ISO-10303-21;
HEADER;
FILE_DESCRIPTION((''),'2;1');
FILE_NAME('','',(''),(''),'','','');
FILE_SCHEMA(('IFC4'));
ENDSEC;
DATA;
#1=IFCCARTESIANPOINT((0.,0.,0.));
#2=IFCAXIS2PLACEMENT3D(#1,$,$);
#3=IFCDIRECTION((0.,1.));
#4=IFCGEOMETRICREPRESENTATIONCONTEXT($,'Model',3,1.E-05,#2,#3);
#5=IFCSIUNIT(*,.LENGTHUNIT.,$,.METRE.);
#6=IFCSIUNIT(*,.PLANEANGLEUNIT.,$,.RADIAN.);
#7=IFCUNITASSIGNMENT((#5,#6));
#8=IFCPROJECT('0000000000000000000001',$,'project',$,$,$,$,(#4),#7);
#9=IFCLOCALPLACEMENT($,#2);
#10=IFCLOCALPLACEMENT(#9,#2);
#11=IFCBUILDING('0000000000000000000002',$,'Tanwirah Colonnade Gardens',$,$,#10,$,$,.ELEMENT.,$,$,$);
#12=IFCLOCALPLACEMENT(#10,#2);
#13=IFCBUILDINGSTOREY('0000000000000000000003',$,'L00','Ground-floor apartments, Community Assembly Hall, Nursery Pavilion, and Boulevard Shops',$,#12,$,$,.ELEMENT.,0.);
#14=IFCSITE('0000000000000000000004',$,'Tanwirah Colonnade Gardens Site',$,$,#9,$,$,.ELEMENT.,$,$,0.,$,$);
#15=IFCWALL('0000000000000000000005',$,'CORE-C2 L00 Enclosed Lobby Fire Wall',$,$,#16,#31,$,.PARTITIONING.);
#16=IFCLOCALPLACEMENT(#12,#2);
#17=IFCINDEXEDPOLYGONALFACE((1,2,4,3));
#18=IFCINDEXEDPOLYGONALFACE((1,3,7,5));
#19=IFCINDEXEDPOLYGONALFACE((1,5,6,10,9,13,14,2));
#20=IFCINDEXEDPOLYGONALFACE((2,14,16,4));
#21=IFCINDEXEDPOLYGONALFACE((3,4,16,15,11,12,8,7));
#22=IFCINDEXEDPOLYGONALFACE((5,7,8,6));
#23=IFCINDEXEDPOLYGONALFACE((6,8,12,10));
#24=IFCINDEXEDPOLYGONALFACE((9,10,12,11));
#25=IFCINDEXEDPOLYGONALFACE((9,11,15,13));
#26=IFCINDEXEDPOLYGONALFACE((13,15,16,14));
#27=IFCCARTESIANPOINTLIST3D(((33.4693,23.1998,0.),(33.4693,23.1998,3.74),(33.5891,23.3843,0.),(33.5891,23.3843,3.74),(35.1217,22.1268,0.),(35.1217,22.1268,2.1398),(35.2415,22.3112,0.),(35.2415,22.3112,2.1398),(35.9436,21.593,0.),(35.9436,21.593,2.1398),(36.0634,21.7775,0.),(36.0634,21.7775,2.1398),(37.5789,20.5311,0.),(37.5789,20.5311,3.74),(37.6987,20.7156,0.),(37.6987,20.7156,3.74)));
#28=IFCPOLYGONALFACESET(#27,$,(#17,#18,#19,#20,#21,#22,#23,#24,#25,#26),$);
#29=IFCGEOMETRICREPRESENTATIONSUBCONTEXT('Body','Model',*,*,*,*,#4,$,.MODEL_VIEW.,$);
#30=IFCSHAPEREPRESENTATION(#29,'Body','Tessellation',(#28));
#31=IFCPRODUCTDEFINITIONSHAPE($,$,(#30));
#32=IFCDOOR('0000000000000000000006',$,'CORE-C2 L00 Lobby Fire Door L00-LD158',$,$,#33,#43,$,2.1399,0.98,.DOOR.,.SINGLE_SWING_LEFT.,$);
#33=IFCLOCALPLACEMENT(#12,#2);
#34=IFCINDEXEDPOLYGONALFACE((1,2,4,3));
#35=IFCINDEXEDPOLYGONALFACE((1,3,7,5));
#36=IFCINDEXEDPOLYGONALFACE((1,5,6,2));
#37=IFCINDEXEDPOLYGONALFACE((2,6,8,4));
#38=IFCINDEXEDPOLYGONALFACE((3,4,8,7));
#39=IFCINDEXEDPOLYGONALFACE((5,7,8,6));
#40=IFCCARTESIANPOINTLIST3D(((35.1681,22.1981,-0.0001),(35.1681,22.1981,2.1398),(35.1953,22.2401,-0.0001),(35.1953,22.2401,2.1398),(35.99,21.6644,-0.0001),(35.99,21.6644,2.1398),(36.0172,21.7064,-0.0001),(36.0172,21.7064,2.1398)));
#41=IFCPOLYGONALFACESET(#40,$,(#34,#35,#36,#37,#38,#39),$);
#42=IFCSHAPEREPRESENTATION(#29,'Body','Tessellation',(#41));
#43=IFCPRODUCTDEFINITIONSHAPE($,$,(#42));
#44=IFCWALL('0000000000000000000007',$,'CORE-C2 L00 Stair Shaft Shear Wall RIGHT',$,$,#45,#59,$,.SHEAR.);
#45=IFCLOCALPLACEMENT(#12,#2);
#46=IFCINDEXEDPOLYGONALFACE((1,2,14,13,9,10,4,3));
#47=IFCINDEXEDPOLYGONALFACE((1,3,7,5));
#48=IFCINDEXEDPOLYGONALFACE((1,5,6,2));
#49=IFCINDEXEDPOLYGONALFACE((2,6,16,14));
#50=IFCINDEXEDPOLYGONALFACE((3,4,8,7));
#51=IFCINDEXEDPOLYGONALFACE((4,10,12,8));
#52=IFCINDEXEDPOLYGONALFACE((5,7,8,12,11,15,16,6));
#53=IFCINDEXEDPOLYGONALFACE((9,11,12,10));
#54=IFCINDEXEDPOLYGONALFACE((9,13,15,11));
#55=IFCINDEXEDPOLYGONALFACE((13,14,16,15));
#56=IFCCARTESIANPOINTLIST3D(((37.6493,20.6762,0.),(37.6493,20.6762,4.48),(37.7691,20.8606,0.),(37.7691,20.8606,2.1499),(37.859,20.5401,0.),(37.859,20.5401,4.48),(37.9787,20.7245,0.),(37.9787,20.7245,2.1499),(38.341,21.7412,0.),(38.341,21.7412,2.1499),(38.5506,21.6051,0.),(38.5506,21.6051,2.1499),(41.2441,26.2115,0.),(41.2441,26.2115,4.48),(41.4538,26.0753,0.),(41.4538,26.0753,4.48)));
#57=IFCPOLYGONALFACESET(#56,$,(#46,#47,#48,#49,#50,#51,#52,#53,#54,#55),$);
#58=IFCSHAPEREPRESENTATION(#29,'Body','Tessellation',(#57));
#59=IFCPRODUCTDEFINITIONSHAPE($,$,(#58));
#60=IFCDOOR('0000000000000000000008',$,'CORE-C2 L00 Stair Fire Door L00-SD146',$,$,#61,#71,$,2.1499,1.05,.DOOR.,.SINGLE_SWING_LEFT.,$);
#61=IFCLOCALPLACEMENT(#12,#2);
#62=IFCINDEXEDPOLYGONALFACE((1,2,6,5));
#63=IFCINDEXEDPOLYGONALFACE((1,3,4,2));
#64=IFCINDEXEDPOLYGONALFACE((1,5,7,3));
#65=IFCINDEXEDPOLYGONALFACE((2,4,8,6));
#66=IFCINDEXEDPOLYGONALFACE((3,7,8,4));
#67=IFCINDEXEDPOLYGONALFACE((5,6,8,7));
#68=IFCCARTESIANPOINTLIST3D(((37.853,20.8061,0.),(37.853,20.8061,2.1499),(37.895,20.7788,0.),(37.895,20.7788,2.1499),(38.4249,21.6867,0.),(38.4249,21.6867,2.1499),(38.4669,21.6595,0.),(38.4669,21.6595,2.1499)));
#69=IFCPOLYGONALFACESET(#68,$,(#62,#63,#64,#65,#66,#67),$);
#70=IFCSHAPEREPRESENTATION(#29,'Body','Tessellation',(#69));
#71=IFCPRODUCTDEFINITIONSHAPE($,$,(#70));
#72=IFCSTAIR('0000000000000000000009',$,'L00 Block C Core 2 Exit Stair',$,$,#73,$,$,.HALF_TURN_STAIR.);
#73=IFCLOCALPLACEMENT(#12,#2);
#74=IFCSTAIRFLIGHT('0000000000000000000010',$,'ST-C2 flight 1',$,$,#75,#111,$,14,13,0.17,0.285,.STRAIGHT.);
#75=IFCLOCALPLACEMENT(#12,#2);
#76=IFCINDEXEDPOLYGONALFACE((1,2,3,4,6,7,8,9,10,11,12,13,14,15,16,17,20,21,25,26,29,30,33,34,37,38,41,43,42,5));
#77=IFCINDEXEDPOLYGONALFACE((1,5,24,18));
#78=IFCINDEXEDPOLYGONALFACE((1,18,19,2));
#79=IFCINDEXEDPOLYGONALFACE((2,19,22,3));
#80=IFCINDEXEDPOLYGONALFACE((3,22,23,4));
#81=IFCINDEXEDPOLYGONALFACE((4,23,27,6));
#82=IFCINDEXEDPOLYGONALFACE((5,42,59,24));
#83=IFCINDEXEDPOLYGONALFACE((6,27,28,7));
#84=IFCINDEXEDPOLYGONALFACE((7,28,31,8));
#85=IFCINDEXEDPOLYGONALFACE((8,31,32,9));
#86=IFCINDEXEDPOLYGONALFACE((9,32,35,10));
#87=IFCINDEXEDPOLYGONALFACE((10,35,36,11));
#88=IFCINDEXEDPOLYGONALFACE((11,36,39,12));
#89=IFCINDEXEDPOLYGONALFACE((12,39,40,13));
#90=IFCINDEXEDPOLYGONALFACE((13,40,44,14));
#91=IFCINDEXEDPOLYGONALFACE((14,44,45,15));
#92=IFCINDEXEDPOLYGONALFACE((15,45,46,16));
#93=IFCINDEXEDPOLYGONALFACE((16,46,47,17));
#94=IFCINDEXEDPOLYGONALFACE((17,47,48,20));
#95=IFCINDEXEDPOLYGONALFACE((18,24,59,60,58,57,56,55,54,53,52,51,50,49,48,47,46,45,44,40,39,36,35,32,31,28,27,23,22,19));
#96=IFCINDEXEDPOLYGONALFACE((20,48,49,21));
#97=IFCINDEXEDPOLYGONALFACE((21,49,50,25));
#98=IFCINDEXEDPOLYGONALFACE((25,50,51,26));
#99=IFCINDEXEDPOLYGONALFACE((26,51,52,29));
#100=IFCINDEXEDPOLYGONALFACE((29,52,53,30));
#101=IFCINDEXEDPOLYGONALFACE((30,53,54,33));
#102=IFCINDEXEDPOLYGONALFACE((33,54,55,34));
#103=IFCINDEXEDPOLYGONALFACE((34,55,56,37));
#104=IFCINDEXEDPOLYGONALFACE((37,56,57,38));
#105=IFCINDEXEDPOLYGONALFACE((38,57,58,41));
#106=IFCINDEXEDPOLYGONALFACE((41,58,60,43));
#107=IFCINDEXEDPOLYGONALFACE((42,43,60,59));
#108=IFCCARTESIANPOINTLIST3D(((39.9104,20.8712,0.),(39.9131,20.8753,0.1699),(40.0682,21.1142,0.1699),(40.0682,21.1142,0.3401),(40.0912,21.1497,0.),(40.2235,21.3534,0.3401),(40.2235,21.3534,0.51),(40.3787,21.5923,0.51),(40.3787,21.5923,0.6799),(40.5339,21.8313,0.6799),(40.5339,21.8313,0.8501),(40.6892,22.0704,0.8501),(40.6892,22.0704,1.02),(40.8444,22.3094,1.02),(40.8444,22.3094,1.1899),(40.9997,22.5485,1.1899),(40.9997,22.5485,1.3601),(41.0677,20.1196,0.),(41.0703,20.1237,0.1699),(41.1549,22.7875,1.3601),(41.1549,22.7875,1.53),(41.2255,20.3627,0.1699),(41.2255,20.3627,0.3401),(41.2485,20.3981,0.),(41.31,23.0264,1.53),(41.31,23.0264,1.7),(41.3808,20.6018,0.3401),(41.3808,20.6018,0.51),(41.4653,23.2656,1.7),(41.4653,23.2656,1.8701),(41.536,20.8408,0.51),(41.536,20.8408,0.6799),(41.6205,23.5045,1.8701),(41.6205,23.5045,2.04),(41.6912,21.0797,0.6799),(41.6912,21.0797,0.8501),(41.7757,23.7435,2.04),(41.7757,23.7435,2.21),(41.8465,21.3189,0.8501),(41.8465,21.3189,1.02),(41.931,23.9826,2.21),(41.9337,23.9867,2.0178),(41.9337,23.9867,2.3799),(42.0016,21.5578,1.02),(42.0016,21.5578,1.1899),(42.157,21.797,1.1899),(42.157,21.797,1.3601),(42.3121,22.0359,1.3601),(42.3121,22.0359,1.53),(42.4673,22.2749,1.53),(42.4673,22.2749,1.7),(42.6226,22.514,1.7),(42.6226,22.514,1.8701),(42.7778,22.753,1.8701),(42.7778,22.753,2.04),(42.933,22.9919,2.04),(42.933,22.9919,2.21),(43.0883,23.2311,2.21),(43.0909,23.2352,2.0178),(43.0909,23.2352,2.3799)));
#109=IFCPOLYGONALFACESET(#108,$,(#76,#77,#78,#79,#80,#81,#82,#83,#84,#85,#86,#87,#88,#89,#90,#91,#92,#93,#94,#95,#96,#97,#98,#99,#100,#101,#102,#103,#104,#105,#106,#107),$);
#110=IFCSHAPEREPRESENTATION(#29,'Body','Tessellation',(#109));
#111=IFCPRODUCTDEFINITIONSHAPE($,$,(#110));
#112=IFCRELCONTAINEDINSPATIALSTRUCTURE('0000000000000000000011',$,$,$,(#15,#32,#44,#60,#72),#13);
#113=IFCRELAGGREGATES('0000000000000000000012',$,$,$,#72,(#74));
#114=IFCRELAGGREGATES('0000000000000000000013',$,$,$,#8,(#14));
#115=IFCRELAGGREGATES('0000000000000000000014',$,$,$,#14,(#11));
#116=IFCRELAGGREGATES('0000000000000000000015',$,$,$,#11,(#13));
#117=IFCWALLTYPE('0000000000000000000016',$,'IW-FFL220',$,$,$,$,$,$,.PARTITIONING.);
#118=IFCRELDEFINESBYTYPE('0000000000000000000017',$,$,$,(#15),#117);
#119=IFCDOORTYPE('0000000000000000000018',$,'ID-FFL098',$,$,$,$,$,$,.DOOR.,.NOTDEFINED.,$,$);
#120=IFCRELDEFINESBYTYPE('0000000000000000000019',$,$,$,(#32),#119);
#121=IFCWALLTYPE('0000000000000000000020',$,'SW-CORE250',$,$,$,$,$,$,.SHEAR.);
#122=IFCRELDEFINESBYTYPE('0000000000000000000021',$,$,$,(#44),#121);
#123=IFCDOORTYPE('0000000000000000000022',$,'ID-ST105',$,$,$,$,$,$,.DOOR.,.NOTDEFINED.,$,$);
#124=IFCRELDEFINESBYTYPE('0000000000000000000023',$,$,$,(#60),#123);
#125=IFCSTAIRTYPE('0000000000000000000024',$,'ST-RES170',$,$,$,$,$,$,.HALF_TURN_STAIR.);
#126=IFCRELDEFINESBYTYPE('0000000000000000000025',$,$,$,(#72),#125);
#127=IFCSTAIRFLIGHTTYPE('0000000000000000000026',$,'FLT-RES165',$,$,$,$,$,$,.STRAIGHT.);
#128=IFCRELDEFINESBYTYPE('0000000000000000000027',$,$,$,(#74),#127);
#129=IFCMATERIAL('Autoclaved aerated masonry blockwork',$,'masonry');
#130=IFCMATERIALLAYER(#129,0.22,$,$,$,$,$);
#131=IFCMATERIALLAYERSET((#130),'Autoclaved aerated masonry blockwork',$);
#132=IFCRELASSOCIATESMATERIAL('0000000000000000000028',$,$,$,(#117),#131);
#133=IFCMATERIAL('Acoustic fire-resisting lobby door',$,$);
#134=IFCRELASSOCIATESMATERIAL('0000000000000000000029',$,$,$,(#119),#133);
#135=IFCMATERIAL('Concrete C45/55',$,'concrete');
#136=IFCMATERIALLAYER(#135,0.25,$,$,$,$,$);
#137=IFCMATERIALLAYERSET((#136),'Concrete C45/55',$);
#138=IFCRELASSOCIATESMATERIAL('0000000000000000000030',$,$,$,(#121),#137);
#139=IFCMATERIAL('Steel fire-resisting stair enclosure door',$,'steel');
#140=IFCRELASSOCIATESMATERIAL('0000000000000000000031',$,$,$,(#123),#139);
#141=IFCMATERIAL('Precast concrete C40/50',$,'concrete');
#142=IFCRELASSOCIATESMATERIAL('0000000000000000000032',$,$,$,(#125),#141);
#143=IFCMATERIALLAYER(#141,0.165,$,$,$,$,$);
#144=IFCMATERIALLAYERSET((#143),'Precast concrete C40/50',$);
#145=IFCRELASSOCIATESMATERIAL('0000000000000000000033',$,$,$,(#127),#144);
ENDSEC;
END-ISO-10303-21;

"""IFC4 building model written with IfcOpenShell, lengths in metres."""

from ifc_helpers import new_model, si_unit, direction, frame, frame_2d, origin, place, context, subcontext, project, spatial, polyline, rectangle, outline, extrude, material, layer, layer_set, type_object, element, fill, aggregate, save


model = new_model("IFC4")

# Units and contexts
model_context = context("Model", 3, precision=1e-05, world=origin(), true_north=direction((0.0, 1.0)))
body_context = subcontext(model_context, "Body", "Model", "MODEL_VIEW")
ifc_project = project(units=[si_unit("LENGTHUNIT", "METRE"), si_unit("PLANEANGLEUNIT", "RADIAN")], contexts=[model_context])

# Site, building, storey
site_placement = place(None, origin())
site = spatial("IfcSite", under=ifc_project, at=site_placement, Name="Tanwirah Colonnade Gardens Site", CompositionType="ELEMENT", RefElevation=0.0)
building_placement = place(site_placement, origin())
building = spatial("IfcBuilding", under=site, at=building_placement, Name="Tanwirah Colonnade Gardens", CompositionType="ELEMENT")
storey_placement = place(building_placement, origin())
storey = spatial("IfcBuildingStorey", under=building, at=storey_placement, Name="L00", Description="Ground-floor apartments, Community Assembly Hall, Nursery Pavilion, and Boulevard Shops", CompositionType="ELEMENT", Elevation=0.0)

# Shared definitions
ifc_material_1 = material(Name="Precast concrete C40/50", Category="concrete")

# Walls, openings, doors
ifc_material_2 = material(Name="Autoclaved aerated masonry blockwork", Category="masonry")
ifc_layer_1 = layer(ifc_material_2, 0.22)
ifc_layer_set_1 = layer_set([ifc_layer_1], Name="Autoclaved aerated masonry blockwork")
wall_type_1 = type_object("IfcWallType", Name="IW-FFL220", PredefinedType="PARTITIONING", material=ifc_layer_set_1)
wall_1_placement = place(storey_placement, frame((37.6389, 20.6233, 0.0), z_axis=(0.0, 0.0, 1.0), x_axis=(-0.838681, 0.544622, 0.0)))
wall_1 = element("IfcWall", 1, at=wall_1_placement, inside=storey, type_object=wall_type_1, Name="CORE-C2 L00 Enclosed Lobby Fire Wall", PredefinedType="PARTITIONING", context=body_context, shape_type="SweptSolid", body=[
    extrude(rectangle(XDim=4.9001, YDim=0.22, at=frame_2d((2.4502, 0.0))), origin(), (0.0, 0.0, 1.0), 3.74),
])
opening_1_placement = place(wall_1_placement, frame((1.95, 0.0, 0.0)))
opening_1 = element("IfcOpeningElement", 2, at=opening_1_placement, cuts=wall_1, PredefinedType="OPENING", context=body_context, shape_type="SweptSolid", body=[
    extrude(rectangle(XDim=0.98, YDim=2.1399, at=frame_2d((0.49, 1.0698))), frame((0.0, 0.1199, 0.0), z_axis=(0.0, -1.0, 0.0), x_axis=(1.0, 0.0, 0.0)), (0.0, 0.0, 1.0), 0.24),
])
ifc_material_3 = material(Name="Acoustic fire-resisting lobby door")
door_type_1 = type_object("IfcDoorType", Name="ID-FFL098", OperationType="NOTDEFINED", PredefinedType="DOOR", material=ifc_material_3)
door_1_placement = place(opening_1_placement, origin())
door_1 = element("IfcDoor", 3, at=door_1_placement, inside=storey, type_object=door_type_1, Name="CORE-C2 L00 Lobby Fire Door L00-LD158", OperationType="SINGLE_SWING_LEFT", OverallHeight=2.1399, OverallWidth=0.98, PredefinedType="DOOR", context=body_context, shape_type="SweptSolid", body=[
    extrude(rectangle(XDim=0.98, YDim=2.1399, at=frame_2d((0.49, 1.0698))), frame((0.0, 0.0249, 0.0), z_axis=(0.0, -1.0, 0.0), x_axis=(1.0, 0.0, 0.0)), (0.0, 0.0, 1.0), 0.05),
])
fill(opening_1, door_1)
ifc_material_4 = material(Name="Concrete C45/55", Category="concrete")
ifc_layer_2 = layer(ifc_material_4, 0.25)
ifc_layer_set_2 = layer_set([ifc_layer_2], Name="Concrete C45/55")
wall_type_2 = type_object("IfcWallType", Name="SW-CORE250", PredefinedType="SHEAR", material=ifc_layer_set_2)
wall_2_placement = place(storey_placement, frame((37.7542, 20.6082, 0.0), z_axis=(0.0, 0.0, 1.0), x_axis=(0.544655, 0.83866, 0.0)))
wall_2 = element("IfcWall", 4, at=wall_2_placement, inside=storey, type_object=wall_type_2, Name="CORE-C2 L00 Stair Shaft Shear Wall RIGHT", PredefinedType="SHEAR", context=body_context, shape_type="SweptSolid", body=[
    extrude(rectangle(XDim=6.6001, YDim=0.25, at=frame_2d((3.3, 0.0))), origin(), (0.0, 0.0, 1.0), 4.48),
])
opening_2_placement = place(wall_2_placement, frame((0.22, 0.0, 0.0)))
opening_2 = element("IfcOpeningElement", 5, at=opening_2_placement, cuts=wall_2, PredefinedType="OPENING", context=body_context, shape_type="SweptSolid", body=[
    extrude(rectangle(XDim=1.05, YDim=2.1499, at=frame_2d((0.5249, 1.075))), frame((0.0, 0.135, 0.0), z_axis=(0.0, -1.0, 0.0), x_axis=(1.0, 0.0, 0.0)), (0.0, 0.0, 1.0), 0.27),
])
ifc_material_5 = material(Name="Steel fire-resisting stair enclosure door", Category="steel")
door_type_2 = type_object("IfcDoorType", Name="ID-ST105", OperationType="NOTDEFINED", PredefinedType="DOOR", material=ifc_material_5)
door_2_placement = place(opening_2_placement, origin())
door_2 = element("IfcDoor", 6, at=door_2_placement, inside=storey, type_object=door_type_2, Name="CORE-C2 L00 Stair Fire Door L00-SD146", OperationType="SINGLE_SWING_LEFT", OverallHeight=2.1499, OverallWidth=1.05, PredefinedType="DOOR", context=body_context, shape_type="SweptSolid", body=[
    extrude(rectangle(XDim=1.05, YDim=2.1499, at=frame_2d((0.5249, 1.075))), frame((0.0, 0.0249, 0.0), z_axis=(0.0, -1.0, 0.0), x_axis=(1.0, 0.0, 0.0)), (0.0, 0.0, 1.0), 0.05),
])
fill(opening_2, door_2)

# Stair, stair flight
stair_type = type_object("IfcStairType", Name="ST-RES170", PredefinedType="HALF_TURN_STAIR", material=ifc_material_1)
stair_placement = place(storey_placement, origin())
stair = element("IfcStair", 7, at=stair_placement, inside=storey, type_object=stair_type, Name="L00 Block C Core 2 Exit Stair", PredefinedType="HALF_TURN_STAIR")
ifc_layer_3 = layer(ifc_material_1, 0.165)
ifc_layer_set_3 = layer_set([ifc_layer_3], Name="Precast concrete C40/50")
stair_flight_type = type_object("IfcStairFlightType", Name="FLT-RES165", PredefinedType="STRAIGHT", material=ifc_layer_set_3)
stair_flight_placement = place(storey_placement, frame((40.4917, 20.4995, 0.0), z_axis=(0.0, 0.0, 1.0), x_axis=(0.544639, 0.838671, 0.0)))
stair_flight = element("IfcStairFlight", 8, at=stair_flight_placement, type_object=stair_flight_type, Name="ST-C2 flight 1", NumberOfRisers=14, NumberOfTreads=13, PredefinedType="STRAIGHT", RiserHeight=0.17, TreadLength=0.285, context=body_context, shape_type="SweptSolid", body=[
    extrude(outline(polyline([(-0.0049, 0.0), (0.0, 0.1699), (0.2849, 0.1699), (0.2849, 0.3401), (0.5701, 0.3401), (0.5701, 0.51), (0.855, 0.51), (0.855, 0.6799), (1.1399, 0.6799), (1.1399, 0.8501), (1.425, 0.8501), (1.425, 1.02), (1.71, 1.02), (1.71, 1.1899), (1.9951, 1.1899), (1.9951, 1.3601), (2.28, 1.3601), (2.28, 1.53), (2.5649, 1.53), (2.5649, 1.7), (2.8501, 1.7), (2.8501, 1.8701), (3.135, 1.8701), (3.135, 2.04), (3.4199, 2.04), (3.4199, 2.21), (3.7051, 2.21), (3.71, 2.3799), (3.71, 2.0178), (0.3271, 0.0), (-0.0049, 0.0)])), frame((0.0, 0.6899, 0.0), z_axis=(0.0, -1.0, 0.0), x_axis=(1.0, 0.0, 0.0)), (0.0, 0.0, 1.0), 1.3799),
])
aggregate(stair, [stair_flight])

save(model, "model.ifc")
